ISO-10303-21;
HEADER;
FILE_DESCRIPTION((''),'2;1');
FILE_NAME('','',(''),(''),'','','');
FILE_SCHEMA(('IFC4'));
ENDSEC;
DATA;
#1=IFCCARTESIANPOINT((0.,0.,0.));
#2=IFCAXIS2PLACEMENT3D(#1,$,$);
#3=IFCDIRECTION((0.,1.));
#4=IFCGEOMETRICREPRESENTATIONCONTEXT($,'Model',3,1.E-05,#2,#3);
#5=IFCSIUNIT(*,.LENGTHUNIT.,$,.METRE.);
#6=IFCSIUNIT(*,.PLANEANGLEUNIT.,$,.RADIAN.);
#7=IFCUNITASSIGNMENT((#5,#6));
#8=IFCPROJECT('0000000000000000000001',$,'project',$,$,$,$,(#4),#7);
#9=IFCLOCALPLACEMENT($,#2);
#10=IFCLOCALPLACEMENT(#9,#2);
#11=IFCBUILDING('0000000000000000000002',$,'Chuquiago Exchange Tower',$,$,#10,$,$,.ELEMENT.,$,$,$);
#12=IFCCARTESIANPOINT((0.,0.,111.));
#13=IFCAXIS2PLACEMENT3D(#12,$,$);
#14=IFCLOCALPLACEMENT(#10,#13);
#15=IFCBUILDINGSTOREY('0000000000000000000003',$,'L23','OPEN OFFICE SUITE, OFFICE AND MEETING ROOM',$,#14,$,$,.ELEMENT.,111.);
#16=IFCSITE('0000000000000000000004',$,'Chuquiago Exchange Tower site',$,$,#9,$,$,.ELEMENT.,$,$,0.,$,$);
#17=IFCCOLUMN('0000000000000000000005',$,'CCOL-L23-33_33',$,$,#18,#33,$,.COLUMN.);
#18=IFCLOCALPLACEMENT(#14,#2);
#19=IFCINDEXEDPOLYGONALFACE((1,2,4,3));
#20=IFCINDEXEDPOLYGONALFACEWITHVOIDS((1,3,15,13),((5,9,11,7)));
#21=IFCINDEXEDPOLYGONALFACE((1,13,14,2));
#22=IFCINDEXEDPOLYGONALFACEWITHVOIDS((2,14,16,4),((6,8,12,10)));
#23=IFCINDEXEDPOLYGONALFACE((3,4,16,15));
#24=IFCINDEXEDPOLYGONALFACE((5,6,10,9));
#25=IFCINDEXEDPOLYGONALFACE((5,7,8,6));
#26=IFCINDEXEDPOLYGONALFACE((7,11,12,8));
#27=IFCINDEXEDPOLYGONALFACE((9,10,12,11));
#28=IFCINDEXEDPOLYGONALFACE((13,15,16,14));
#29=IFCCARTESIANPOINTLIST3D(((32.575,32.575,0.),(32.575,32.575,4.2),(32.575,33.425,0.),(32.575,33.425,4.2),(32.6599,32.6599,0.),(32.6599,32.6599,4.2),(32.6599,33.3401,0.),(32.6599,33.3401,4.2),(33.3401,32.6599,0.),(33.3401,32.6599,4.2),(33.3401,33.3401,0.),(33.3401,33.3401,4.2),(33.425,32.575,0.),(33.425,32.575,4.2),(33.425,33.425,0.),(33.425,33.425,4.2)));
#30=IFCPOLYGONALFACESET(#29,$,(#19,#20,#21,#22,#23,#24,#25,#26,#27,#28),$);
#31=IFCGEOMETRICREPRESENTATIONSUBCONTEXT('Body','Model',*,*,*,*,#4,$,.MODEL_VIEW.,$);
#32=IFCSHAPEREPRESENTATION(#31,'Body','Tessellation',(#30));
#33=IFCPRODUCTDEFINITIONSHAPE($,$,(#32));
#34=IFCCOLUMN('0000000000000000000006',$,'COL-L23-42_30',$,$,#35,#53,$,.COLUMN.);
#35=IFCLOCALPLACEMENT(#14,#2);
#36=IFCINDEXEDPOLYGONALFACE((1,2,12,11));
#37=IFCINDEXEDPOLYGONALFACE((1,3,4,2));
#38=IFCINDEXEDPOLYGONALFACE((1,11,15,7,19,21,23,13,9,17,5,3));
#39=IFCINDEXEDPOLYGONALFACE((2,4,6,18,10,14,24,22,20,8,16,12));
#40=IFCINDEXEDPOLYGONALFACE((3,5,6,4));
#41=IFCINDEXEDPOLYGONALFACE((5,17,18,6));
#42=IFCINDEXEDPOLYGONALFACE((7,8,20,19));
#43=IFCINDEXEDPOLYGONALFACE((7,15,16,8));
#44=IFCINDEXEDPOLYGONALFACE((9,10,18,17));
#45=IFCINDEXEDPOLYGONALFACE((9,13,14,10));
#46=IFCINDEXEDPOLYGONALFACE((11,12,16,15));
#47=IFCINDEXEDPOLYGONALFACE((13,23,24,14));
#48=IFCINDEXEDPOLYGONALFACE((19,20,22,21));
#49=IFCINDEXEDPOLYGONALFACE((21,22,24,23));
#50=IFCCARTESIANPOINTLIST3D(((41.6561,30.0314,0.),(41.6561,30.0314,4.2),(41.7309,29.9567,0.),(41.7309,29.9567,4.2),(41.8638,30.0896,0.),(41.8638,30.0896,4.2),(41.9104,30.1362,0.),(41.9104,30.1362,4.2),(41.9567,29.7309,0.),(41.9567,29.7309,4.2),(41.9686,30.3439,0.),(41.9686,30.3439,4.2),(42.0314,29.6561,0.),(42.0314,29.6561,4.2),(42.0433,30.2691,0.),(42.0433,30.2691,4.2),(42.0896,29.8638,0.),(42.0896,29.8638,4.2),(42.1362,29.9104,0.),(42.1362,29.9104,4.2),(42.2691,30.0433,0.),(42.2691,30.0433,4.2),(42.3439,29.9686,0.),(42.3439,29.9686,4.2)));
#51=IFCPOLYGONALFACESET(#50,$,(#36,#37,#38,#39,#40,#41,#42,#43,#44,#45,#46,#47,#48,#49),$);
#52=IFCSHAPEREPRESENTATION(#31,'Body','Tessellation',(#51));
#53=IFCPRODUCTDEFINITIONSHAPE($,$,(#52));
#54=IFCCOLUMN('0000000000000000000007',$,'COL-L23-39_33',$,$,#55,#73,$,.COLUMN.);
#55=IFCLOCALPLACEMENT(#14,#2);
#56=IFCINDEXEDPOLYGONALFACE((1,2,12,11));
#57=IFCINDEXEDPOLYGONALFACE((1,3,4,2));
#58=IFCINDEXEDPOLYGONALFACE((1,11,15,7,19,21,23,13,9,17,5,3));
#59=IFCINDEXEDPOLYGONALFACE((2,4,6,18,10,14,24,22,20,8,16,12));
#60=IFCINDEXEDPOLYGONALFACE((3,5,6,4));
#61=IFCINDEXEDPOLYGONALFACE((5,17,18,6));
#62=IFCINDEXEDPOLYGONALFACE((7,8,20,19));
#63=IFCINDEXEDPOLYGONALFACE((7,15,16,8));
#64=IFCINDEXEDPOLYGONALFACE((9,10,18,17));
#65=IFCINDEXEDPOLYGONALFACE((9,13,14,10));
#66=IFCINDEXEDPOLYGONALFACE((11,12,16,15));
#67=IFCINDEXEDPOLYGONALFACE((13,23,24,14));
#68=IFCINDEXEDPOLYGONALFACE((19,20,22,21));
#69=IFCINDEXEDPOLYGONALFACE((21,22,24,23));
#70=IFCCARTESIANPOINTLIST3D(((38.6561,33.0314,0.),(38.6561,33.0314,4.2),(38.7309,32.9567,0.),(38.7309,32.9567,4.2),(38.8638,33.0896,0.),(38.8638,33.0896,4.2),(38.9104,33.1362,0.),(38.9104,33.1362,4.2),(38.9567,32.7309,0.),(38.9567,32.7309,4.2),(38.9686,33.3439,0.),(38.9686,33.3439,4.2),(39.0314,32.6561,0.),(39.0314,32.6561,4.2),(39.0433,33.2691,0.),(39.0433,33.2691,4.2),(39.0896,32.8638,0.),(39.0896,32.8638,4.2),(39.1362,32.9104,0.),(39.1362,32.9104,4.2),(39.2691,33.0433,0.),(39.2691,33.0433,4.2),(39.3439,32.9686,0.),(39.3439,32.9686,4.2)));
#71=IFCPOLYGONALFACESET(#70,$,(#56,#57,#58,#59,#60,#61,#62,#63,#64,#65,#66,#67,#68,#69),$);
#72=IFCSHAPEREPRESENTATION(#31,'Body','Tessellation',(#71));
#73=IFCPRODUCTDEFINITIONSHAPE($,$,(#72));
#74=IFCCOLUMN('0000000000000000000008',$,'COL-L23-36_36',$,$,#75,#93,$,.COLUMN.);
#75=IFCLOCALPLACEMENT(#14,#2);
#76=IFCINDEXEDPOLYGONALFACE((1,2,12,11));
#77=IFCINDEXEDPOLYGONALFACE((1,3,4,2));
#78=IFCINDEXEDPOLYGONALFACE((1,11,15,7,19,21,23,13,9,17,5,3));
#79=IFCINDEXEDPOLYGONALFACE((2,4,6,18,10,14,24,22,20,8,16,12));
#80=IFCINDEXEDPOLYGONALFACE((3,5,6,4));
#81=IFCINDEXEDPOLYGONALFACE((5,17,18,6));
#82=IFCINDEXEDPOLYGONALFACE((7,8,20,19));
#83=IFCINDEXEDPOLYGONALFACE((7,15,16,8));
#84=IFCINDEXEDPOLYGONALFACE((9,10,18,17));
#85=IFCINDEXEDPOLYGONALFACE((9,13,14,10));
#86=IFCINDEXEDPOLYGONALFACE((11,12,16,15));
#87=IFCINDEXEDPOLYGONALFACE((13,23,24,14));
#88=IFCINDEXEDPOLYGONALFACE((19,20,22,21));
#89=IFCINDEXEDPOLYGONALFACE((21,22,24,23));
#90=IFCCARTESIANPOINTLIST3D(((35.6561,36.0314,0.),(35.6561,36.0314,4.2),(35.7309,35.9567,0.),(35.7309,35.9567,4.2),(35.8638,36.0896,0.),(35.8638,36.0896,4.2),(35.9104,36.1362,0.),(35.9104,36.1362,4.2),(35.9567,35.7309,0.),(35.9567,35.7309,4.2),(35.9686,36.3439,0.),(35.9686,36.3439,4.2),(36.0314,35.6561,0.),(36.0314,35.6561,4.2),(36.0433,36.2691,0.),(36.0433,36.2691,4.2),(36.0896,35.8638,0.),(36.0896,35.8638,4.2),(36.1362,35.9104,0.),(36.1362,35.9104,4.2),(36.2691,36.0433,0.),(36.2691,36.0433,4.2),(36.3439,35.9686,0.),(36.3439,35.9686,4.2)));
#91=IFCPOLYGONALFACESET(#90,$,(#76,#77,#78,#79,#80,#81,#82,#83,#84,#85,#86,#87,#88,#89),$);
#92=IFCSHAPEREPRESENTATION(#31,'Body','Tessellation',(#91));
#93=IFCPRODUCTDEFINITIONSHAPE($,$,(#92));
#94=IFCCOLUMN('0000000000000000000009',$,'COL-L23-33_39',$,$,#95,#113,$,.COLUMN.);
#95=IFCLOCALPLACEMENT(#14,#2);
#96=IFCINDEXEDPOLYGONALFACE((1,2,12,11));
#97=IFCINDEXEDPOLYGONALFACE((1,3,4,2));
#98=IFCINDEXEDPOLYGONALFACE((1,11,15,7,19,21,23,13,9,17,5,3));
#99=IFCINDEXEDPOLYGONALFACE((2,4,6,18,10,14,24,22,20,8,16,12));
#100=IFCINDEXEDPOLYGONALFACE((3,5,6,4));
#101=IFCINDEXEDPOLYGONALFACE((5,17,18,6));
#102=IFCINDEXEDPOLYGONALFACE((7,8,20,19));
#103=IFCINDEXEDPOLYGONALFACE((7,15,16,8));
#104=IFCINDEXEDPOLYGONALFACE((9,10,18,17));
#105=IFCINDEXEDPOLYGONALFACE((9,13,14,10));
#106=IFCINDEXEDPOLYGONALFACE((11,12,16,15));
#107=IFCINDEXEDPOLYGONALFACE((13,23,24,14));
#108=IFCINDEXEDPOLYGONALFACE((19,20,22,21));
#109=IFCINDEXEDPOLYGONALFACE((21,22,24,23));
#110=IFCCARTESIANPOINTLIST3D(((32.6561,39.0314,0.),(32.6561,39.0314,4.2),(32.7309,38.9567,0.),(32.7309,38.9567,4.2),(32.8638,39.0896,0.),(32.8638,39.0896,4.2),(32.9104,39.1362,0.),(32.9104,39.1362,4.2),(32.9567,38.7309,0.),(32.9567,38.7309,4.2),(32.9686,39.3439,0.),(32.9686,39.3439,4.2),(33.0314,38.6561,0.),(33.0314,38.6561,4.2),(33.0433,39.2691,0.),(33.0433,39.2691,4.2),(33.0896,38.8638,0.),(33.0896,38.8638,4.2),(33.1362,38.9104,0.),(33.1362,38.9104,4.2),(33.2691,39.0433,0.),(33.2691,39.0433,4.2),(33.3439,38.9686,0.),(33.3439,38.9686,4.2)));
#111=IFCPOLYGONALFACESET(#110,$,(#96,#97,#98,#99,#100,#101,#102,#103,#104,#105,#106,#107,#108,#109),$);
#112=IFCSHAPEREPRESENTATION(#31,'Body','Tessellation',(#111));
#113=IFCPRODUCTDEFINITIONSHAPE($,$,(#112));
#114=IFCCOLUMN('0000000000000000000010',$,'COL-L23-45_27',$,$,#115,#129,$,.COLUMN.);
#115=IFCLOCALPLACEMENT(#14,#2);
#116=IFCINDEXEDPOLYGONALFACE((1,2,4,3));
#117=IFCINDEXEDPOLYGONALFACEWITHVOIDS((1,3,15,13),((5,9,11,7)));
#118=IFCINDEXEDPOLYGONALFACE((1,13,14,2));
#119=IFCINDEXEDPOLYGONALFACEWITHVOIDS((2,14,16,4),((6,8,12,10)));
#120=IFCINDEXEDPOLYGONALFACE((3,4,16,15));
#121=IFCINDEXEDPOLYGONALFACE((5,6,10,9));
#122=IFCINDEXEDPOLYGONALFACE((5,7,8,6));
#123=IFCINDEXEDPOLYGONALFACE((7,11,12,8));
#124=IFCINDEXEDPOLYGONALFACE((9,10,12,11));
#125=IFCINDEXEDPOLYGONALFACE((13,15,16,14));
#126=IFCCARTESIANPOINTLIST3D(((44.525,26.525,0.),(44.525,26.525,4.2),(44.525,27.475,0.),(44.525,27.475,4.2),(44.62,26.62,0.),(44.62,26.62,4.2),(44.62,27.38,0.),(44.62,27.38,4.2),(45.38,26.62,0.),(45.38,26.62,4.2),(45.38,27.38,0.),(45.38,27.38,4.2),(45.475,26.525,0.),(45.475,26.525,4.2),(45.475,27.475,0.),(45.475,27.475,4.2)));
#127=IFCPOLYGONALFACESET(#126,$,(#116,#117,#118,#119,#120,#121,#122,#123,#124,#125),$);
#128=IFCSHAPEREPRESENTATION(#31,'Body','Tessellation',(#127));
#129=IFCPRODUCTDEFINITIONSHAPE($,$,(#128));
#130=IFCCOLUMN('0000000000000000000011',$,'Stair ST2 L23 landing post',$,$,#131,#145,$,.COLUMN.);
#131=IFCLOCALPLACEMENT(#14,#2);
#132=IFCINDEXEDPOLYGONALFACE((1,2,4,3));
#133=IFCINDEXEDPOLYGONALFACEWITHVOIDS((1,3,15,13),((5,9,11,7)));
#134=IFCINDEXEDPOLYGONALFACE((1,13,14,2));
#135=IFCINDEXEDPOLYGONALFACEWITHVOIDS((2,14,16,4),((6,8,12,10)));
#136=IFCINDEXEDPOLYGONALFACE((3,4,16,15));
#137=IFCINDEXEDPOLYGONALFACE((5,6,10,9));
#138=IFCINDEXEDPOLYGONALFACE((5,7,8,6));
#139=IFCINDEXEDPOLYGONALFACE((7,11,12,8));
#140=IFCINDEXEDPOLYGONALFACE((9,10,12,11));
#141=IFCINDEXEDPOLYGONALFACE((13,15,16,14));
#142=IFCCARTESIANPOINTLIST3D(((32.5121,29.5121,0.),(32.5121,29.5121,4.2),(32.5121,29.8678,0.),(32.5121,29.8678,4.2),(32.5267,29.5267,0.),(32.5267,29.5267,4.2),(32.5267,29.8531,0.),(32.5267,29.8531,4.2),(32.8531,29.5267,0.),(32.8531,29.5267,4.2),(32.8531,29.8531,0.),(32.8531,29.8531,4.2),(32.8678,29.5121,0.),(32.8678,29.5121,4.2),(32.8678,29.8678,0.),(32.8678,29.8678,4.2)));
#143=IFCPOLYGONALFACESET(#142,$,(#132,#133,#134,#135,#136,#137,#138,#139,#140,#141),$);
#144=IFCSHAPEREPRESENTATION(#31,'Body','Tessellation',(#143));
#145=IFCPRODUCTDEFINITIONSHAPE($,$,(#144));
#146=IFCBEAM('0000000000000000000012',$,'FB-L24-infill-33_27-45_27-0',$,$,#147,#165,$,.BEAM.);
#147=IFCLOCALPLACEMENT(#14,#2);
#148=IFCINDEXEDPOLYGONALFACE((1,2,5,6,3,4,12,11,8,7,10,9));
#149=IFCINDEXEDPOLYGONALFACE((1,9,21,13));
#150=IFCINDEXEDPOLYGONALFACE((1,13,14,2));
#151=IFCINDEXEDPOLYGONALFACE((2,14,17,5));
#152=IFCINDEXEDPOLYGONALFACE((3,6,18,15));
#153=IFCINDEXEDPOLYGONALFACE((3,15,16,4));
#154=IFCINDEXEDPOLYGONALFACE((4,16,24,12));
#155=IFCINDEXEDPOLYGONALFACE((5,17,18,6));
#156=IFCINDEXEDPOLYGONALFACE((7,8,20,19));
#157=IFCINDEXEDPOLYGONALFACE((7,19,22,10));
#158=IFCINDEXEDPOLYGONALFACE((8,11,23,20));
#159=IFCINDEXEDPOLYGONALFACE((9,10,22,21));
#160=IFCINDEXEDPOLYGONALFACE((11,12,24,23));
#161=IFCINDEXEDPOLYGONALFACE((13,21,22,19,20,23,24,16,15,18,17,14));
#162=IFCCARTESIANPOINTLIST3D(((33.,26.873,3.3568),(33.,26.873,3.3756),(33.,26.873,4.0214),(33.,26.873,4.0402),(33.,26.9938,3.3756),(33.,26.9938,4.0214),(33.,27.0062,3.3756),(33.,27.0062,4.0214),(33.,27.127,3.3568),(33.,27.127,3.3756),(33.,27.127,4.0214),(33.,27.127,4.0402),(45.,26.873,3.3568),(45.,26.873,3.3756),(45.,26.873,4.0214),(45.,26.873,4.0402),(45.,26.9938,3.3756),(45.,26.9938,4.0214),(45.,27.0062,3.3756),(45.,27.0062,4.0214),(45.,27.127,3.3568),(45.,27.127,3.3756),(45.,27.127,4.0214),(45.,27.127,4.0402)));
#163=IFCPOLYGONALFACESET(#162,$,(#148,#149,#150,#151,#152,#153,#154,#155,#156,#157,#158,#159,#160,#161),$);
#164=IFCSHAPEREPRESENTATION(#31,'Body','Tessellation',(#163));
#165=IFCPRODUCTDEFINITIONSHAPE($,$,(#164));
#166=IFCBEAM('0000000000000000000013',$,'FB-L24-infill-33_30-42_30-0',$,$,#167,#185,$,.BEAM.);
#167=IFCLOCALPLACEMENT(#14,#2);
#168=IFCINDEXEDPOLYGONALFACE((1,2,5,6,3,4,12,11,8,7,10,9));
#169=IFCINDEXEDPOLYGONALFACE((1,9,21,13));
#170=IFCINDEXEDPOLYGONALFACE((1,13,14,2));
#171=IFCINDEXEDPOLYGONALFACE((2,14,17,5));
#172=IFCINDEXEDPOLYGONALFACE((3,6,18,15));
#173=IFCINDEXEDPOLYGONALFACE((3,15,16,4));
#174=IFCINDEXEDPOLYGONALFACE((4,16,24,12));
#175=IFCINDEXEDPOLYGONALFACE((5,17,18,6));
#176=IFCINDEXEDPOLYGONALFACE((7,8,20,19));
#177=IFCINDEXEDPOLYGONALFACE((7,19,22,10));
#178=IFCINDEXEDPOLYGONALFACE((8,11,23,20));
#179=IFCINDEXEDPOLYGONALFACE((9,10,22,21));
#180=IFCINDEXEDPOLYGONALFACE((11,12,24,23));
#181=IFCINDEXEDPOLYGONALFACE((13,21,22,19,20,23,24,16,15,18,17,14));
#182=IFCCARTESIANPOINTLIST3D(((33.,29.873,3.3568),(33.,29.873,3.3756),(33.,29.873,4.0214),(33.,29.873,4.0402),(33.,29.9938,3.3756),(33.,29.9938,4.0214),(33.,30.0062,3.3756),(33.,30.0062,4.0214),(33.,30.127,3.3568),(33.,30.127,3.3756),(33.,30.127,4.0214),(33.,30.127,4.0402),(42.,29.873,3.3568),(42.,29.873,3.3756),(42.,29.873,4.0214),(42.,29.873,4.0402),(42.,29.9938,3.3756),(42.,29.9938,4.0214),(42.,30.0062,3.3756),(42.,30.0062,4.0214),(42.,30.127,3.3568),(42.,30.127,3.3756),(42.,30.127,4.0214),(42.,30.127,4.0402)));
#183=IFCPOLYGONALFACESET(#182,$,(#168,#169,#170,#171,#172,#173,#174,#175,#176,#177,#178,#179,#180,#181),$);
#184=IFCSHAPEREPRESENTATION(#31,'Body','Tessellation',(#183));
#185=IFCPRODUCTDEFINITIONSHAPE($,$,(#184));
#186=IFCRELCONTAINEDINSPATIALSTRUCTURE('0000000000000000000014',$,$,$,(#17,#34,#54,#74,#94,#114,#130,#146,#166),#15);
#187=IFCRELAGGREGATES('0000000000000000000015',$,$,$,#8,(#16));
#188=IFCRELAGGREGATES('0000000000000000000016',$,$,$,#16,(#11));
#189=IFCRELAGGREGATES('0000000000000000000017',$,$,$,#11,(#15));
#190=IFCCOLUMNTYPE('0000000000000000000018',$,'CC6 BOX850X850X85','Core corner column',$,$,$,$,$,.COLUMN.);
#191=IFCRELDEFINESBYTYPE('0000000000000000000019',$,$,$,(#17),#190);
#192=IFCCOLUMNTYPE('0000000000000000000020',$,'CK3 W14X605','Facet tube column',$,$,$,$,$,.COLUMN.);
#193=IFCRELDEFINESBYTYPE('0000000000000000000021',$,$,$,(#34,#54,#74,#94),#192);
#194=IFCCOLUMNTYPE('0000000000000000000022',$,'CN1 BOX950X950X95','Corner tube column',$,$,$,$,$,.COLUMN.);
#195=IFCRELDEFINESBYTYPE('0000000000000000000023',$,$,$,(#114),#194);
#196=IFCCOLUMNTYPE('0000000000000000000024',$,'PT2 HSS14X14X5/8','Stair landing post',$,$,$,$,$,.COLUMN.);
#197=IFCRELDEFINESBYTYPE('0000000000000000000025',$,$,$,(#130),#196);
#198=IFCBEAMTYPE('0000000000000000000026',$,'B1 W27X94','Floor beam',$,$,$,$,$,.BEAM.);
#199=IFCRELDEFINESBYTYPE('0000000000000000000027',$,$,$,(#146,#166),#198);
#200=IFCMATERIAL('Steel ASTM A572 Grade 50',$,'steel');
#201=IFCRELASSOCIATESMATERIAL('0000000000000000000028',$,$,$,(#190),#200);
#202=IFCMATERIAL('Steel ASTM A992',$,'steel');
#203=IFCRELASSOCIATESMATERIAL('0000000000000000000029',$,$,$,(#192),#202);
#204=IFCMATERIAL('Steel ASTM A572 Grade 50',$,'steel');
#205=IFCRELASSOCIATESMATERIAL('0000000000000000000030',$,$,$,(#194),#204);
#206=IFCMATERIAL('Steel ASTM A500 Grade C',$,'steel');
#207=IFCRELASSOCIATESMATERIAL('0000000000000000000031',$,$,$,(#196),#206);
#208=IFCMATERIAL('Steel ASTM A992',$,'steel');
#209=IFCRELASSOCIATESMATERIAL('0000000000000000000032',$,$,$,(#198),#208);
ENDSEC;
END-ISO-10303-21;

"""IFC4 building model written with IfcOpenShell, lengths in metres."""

from ifc_helpers import new_model, si_unit, direction, frame, origin, origin_2d, place, context, subcontext, project, spatial, hollow_rectangle, i_section, extrude, material, material_profile, profile_set, type_object, element, save


model = new_model("IFC4")

# Units and contexts
model_context = context("Model", 3, precision=1e-05, world=origin(), true_north=direction((0.0, 1.0)))
body_context = subcontext(model_context, "Body", "Model", "MODEL_VIEW")
ifc_project = project(units=[si_unit("LENGTHUNIT", "METRE"), si_unit("PLANEANGLEUNIT", "RADIAN")], contexts=[model_context])

# Site, building, storey
site_placement = place(None, origin())
site = spatial("IfcSite", under=ifc_project, at=site_placement, Name="Chuquiago Exchange Tower site", CompositionType="ELEMENT", RefElevation=0.0)
building_placement = place(site_placement, origin())
building = spatial("IfcBuilding", under=site, at=building_placement, Name="Chuquiago Exchange Tower", CompositionType="ELEMENT")
storey_placement = place(building_placement, frame((0.0, 0.0, 111.0)))
storey = spatial("IfcBuildingStorey", under=building, at=storey_placement, Name="L23", Description="OPEN OFFICE SUITE, OFFICE AND MEETING ROOM", CompositionType="ELEMENT", Elevation=111.0)

# Columns
ifc_material_1 = material(Name="Steel ASTM A572 Grade 50", Category="steel")
ifc_material_profile_1 = material_profile(ifc_material_1, hollow_rectangle(XDim=0.8501, YDim=0.8501, WallThickness=0.085, at=origin_2d()), Name="BOX850X850X85")
ifc_profile_set_1 = profile_set([ifc_material_profile_1], Name="Steel ASTM A572 Grade 50")
column_type_1 = type_object("IfcColumnType", Name="CC6 BOX850X850X85", Description="Core corner column", PredefinedType="COLUMN", material=ifc_profile_set_1)
column_1_placement = place(storey_placement, frame((33.0, 33.0, 0.0), z_axis=(0.0, 0.0, 1.0), x_axis=(1.0, 0.0, 0.0)))
element("IfcColumn", 1, at=column_1_placement, inside=storey, type_object=column_type_1, Name="CCOL-L23-33_33", PredefinedType="COLUMN", context=body_context, shape_type="SweptSolid", body=[
    extrude(hollow_rectangle(XDim=0.8501, YDim=0.8501, WallThickness=0.085, at=origin_2d()), origin(), (0.0, 0.0, 1.0), 4.2),
])
ifc_material_2 = material(Name="Steel ASTM A992", Category="steel")
ifc_material_profile_2 = material_profile(ifc_material_2, i_section(OverallWidth=0.4419, OverallDepth=0.5308, WebThickness=0.0659, FlangeThickness=0.1057, at=origin_2d()), Name="W14X605")
ifc_profile_set_2 = profile_set([ifc_material_profile_2], Name="Steel ASTM A992")
column_type_2 = type_object("IfcColumnType", Name="CK3 W14X605", Description="Facet tube column", PredefinedType="COLUMN", material=ifc_profile_set_2)
for number, where, z_axis, x_axis, name in (
    (2, (42.0, 30.0, 0.0), (0.0, 0.0, 1.0), (0.707107, 0.707107, 0.0), "COL-L23-42_30"),
    (3, (39.0, 33.0, 0.0), (0.0, 0.0, 1.0), (0.707107, 0.707107, 0.0), "COL-L23-39_33"),
    (4, (36.0, 36.0, 0.0), (0.0, 0.0, 1.0), (0.707107, 0.707107, 0.0), "COL-L23-36_36"),
    (5, (33.0, 39.0, 0.0), (0.0, 0.0, 1.0), (0.707107, 0.707107, 0.0), "COL-L23-33_39"),
):
    element("IfcColumn", number, at=place(storey_placement, frame(where, z_axis=z_axis, x_axis=x_axis)), inside=storey, type_object=column_type_2, Name=name, PredefinedType="COLUMN", context=body_context, shape_type="SweptSolid", body=[
        extrude(i_section(OverallWidth=0.4419, OverallDepth=0.5308, WebThickness=0.0659, FlangeThickness=0.1057, at=origin_2d()), origin(), (0.0, 0.0, 1.0), 4.2),
    ])
ifc_material_3 = material(Name="Steel ASTM A572 Grade 50", Category="steel")
ifc_material_profile_3 = material_profile(ifc_material_3, hollow_rectangle(XDim=0.95, YDim=0.95, WallThickness=0.095, at=origin_2d()), Name="BOX950X950X95")
ifc_profile_set_3 = profile_set([ifc_material_profile_3], Name="Steel ASTM A572 Grade 50")
column_type_3 = type_object("IfcColumnType", Name="CN1 BOX950X950X95", Description="Corner tube column", PredefinedType="COLUMN", material=ifc_profile_set_3)
column_2_placement = place(storey_placement, frame((45.0, 27.0, 0.0), z_axis=(0.0, 0.0, 1.0), x_axis=(1.0, 0.0, 0.0)))
element("IfcColumn", 6, at=column_2_placement, inside=storey, type_object=column_type_3, Name="COL-L23-45_27", PredefinedType="COLUMN", context=body_context, shape_type="SweptSolid", body=[
    extrude(hollow_rectangle(XDim=0.95, YDim=0.95, WallThickness=0.095, at=origin_2d()), origin(), (0.0, 0.0, 1.0), 4.2),
])
ifc_material_4 = material(Name="Steel ASTM A500 Grade C", Category="steel")
ifc_material_profile_4 = material_profile(ifc_material_4, hollow_rectangle(XDim=0.3557, YDim=0.3557, WallThickness=0.0146, at=origin_2d()), Name="HSS14X14X5/8")
ifc_profile_set_4 = profile_set([ifc_material_profile_4], Name="Steel ASTM A500 Grade C")
column_type_4 = type_object("IfcColumnType", Name="PT2 HSS14X14X5/8", Description="Stair landing post", PredefinedType="COLUMN", material=ifc_profile_set_4)
column_3_placement = place(storey_placement, frame((32.6899, 29.6899, 0.0), z_axis=(0.0, 0.0, 1.0), x_axis=(1.0, 0.0, 0.0)))
element("IfcColumn", 7, at=column_3_placement, inside=storey, type_object=column_type_4, Name="Stair ST2 L23 landing post", PredefinedType="COLUMN", context=body_context, shape_type="SweptSolid", body=[
    extrude(hollow_rectangle(XDim=0.3557, YDim=0.3557, WallThickness=0.0146, at=origin_2d()), origin(), (0.0, 0.0, 1.0), 4.2),
])

# Beams
ifc_material_5 = material(Name="Steel ASTM A992", Category="steel")
ifc_material_profile_5 = material_profile(ifc_material_5, i_section(OverallWidth=0.2539, OverallDepth=0.6833, WebThickness=0.0125, FlangeThickness=0.0188, at=origin_2d()), Name="W27X94")
ifc_profile_set_5 = profile_set([ifc_material_profile_5], Name="Steel ASTM A992")
beam_type_1 = type_object("IfcBeamType", Name="B1 W27X94", Description="Floor beam", PredefinedType="BEAM", material=ifc_profile_set_5)
beam_1_placement = place(storey_placement, frame((33.0, 27.0, 3.6985), z_axis=(1.0, 0.0, 0.0), x_axis=(0.0, 1.0, 0.0)))
element("IfcBeam", 8, at=beam_1_placement, inside=storey, type_object=beam_type_1, Name="FB-L24-infill-33_27-45_27-0", PredefinedType="BEAM", context=body_context, shape_type="SweptSolid", body=[
    extrude(i_section(OverallWidth=0.2539, OverallDepth=0.6833, WebThickness=0.0125, FlangeThickness=0.0188, at=origin_2d()), origin(), (0.0, 0.0, 1.0), 12.0),
])
beam_2_placement = place(storey_placement, frame((33.0, 30.0, 3.6985), z_axis=(1.0, 0.0, 0.0), x_axis=(0.0, 1.0, 0.0)))
element("IfcBeam", 9, at=beam_2_placement, inside=storey, type_object=beam_type_1, Name="FB-L24-infill-33_30-42_30-0", PredefinedType="BEAM", context=body_context, shape_type="SweptSolid", body=[
    extrude(i_section(OverallWidth=0.2539, OverallDepth=0.6833, WebThickness=0.0125, FlangeThickness=0.0188, at=origin_2d()), origin(), (0.0, 0.0, 1.0), 9.0),
])

save(model, "model.ifc")
